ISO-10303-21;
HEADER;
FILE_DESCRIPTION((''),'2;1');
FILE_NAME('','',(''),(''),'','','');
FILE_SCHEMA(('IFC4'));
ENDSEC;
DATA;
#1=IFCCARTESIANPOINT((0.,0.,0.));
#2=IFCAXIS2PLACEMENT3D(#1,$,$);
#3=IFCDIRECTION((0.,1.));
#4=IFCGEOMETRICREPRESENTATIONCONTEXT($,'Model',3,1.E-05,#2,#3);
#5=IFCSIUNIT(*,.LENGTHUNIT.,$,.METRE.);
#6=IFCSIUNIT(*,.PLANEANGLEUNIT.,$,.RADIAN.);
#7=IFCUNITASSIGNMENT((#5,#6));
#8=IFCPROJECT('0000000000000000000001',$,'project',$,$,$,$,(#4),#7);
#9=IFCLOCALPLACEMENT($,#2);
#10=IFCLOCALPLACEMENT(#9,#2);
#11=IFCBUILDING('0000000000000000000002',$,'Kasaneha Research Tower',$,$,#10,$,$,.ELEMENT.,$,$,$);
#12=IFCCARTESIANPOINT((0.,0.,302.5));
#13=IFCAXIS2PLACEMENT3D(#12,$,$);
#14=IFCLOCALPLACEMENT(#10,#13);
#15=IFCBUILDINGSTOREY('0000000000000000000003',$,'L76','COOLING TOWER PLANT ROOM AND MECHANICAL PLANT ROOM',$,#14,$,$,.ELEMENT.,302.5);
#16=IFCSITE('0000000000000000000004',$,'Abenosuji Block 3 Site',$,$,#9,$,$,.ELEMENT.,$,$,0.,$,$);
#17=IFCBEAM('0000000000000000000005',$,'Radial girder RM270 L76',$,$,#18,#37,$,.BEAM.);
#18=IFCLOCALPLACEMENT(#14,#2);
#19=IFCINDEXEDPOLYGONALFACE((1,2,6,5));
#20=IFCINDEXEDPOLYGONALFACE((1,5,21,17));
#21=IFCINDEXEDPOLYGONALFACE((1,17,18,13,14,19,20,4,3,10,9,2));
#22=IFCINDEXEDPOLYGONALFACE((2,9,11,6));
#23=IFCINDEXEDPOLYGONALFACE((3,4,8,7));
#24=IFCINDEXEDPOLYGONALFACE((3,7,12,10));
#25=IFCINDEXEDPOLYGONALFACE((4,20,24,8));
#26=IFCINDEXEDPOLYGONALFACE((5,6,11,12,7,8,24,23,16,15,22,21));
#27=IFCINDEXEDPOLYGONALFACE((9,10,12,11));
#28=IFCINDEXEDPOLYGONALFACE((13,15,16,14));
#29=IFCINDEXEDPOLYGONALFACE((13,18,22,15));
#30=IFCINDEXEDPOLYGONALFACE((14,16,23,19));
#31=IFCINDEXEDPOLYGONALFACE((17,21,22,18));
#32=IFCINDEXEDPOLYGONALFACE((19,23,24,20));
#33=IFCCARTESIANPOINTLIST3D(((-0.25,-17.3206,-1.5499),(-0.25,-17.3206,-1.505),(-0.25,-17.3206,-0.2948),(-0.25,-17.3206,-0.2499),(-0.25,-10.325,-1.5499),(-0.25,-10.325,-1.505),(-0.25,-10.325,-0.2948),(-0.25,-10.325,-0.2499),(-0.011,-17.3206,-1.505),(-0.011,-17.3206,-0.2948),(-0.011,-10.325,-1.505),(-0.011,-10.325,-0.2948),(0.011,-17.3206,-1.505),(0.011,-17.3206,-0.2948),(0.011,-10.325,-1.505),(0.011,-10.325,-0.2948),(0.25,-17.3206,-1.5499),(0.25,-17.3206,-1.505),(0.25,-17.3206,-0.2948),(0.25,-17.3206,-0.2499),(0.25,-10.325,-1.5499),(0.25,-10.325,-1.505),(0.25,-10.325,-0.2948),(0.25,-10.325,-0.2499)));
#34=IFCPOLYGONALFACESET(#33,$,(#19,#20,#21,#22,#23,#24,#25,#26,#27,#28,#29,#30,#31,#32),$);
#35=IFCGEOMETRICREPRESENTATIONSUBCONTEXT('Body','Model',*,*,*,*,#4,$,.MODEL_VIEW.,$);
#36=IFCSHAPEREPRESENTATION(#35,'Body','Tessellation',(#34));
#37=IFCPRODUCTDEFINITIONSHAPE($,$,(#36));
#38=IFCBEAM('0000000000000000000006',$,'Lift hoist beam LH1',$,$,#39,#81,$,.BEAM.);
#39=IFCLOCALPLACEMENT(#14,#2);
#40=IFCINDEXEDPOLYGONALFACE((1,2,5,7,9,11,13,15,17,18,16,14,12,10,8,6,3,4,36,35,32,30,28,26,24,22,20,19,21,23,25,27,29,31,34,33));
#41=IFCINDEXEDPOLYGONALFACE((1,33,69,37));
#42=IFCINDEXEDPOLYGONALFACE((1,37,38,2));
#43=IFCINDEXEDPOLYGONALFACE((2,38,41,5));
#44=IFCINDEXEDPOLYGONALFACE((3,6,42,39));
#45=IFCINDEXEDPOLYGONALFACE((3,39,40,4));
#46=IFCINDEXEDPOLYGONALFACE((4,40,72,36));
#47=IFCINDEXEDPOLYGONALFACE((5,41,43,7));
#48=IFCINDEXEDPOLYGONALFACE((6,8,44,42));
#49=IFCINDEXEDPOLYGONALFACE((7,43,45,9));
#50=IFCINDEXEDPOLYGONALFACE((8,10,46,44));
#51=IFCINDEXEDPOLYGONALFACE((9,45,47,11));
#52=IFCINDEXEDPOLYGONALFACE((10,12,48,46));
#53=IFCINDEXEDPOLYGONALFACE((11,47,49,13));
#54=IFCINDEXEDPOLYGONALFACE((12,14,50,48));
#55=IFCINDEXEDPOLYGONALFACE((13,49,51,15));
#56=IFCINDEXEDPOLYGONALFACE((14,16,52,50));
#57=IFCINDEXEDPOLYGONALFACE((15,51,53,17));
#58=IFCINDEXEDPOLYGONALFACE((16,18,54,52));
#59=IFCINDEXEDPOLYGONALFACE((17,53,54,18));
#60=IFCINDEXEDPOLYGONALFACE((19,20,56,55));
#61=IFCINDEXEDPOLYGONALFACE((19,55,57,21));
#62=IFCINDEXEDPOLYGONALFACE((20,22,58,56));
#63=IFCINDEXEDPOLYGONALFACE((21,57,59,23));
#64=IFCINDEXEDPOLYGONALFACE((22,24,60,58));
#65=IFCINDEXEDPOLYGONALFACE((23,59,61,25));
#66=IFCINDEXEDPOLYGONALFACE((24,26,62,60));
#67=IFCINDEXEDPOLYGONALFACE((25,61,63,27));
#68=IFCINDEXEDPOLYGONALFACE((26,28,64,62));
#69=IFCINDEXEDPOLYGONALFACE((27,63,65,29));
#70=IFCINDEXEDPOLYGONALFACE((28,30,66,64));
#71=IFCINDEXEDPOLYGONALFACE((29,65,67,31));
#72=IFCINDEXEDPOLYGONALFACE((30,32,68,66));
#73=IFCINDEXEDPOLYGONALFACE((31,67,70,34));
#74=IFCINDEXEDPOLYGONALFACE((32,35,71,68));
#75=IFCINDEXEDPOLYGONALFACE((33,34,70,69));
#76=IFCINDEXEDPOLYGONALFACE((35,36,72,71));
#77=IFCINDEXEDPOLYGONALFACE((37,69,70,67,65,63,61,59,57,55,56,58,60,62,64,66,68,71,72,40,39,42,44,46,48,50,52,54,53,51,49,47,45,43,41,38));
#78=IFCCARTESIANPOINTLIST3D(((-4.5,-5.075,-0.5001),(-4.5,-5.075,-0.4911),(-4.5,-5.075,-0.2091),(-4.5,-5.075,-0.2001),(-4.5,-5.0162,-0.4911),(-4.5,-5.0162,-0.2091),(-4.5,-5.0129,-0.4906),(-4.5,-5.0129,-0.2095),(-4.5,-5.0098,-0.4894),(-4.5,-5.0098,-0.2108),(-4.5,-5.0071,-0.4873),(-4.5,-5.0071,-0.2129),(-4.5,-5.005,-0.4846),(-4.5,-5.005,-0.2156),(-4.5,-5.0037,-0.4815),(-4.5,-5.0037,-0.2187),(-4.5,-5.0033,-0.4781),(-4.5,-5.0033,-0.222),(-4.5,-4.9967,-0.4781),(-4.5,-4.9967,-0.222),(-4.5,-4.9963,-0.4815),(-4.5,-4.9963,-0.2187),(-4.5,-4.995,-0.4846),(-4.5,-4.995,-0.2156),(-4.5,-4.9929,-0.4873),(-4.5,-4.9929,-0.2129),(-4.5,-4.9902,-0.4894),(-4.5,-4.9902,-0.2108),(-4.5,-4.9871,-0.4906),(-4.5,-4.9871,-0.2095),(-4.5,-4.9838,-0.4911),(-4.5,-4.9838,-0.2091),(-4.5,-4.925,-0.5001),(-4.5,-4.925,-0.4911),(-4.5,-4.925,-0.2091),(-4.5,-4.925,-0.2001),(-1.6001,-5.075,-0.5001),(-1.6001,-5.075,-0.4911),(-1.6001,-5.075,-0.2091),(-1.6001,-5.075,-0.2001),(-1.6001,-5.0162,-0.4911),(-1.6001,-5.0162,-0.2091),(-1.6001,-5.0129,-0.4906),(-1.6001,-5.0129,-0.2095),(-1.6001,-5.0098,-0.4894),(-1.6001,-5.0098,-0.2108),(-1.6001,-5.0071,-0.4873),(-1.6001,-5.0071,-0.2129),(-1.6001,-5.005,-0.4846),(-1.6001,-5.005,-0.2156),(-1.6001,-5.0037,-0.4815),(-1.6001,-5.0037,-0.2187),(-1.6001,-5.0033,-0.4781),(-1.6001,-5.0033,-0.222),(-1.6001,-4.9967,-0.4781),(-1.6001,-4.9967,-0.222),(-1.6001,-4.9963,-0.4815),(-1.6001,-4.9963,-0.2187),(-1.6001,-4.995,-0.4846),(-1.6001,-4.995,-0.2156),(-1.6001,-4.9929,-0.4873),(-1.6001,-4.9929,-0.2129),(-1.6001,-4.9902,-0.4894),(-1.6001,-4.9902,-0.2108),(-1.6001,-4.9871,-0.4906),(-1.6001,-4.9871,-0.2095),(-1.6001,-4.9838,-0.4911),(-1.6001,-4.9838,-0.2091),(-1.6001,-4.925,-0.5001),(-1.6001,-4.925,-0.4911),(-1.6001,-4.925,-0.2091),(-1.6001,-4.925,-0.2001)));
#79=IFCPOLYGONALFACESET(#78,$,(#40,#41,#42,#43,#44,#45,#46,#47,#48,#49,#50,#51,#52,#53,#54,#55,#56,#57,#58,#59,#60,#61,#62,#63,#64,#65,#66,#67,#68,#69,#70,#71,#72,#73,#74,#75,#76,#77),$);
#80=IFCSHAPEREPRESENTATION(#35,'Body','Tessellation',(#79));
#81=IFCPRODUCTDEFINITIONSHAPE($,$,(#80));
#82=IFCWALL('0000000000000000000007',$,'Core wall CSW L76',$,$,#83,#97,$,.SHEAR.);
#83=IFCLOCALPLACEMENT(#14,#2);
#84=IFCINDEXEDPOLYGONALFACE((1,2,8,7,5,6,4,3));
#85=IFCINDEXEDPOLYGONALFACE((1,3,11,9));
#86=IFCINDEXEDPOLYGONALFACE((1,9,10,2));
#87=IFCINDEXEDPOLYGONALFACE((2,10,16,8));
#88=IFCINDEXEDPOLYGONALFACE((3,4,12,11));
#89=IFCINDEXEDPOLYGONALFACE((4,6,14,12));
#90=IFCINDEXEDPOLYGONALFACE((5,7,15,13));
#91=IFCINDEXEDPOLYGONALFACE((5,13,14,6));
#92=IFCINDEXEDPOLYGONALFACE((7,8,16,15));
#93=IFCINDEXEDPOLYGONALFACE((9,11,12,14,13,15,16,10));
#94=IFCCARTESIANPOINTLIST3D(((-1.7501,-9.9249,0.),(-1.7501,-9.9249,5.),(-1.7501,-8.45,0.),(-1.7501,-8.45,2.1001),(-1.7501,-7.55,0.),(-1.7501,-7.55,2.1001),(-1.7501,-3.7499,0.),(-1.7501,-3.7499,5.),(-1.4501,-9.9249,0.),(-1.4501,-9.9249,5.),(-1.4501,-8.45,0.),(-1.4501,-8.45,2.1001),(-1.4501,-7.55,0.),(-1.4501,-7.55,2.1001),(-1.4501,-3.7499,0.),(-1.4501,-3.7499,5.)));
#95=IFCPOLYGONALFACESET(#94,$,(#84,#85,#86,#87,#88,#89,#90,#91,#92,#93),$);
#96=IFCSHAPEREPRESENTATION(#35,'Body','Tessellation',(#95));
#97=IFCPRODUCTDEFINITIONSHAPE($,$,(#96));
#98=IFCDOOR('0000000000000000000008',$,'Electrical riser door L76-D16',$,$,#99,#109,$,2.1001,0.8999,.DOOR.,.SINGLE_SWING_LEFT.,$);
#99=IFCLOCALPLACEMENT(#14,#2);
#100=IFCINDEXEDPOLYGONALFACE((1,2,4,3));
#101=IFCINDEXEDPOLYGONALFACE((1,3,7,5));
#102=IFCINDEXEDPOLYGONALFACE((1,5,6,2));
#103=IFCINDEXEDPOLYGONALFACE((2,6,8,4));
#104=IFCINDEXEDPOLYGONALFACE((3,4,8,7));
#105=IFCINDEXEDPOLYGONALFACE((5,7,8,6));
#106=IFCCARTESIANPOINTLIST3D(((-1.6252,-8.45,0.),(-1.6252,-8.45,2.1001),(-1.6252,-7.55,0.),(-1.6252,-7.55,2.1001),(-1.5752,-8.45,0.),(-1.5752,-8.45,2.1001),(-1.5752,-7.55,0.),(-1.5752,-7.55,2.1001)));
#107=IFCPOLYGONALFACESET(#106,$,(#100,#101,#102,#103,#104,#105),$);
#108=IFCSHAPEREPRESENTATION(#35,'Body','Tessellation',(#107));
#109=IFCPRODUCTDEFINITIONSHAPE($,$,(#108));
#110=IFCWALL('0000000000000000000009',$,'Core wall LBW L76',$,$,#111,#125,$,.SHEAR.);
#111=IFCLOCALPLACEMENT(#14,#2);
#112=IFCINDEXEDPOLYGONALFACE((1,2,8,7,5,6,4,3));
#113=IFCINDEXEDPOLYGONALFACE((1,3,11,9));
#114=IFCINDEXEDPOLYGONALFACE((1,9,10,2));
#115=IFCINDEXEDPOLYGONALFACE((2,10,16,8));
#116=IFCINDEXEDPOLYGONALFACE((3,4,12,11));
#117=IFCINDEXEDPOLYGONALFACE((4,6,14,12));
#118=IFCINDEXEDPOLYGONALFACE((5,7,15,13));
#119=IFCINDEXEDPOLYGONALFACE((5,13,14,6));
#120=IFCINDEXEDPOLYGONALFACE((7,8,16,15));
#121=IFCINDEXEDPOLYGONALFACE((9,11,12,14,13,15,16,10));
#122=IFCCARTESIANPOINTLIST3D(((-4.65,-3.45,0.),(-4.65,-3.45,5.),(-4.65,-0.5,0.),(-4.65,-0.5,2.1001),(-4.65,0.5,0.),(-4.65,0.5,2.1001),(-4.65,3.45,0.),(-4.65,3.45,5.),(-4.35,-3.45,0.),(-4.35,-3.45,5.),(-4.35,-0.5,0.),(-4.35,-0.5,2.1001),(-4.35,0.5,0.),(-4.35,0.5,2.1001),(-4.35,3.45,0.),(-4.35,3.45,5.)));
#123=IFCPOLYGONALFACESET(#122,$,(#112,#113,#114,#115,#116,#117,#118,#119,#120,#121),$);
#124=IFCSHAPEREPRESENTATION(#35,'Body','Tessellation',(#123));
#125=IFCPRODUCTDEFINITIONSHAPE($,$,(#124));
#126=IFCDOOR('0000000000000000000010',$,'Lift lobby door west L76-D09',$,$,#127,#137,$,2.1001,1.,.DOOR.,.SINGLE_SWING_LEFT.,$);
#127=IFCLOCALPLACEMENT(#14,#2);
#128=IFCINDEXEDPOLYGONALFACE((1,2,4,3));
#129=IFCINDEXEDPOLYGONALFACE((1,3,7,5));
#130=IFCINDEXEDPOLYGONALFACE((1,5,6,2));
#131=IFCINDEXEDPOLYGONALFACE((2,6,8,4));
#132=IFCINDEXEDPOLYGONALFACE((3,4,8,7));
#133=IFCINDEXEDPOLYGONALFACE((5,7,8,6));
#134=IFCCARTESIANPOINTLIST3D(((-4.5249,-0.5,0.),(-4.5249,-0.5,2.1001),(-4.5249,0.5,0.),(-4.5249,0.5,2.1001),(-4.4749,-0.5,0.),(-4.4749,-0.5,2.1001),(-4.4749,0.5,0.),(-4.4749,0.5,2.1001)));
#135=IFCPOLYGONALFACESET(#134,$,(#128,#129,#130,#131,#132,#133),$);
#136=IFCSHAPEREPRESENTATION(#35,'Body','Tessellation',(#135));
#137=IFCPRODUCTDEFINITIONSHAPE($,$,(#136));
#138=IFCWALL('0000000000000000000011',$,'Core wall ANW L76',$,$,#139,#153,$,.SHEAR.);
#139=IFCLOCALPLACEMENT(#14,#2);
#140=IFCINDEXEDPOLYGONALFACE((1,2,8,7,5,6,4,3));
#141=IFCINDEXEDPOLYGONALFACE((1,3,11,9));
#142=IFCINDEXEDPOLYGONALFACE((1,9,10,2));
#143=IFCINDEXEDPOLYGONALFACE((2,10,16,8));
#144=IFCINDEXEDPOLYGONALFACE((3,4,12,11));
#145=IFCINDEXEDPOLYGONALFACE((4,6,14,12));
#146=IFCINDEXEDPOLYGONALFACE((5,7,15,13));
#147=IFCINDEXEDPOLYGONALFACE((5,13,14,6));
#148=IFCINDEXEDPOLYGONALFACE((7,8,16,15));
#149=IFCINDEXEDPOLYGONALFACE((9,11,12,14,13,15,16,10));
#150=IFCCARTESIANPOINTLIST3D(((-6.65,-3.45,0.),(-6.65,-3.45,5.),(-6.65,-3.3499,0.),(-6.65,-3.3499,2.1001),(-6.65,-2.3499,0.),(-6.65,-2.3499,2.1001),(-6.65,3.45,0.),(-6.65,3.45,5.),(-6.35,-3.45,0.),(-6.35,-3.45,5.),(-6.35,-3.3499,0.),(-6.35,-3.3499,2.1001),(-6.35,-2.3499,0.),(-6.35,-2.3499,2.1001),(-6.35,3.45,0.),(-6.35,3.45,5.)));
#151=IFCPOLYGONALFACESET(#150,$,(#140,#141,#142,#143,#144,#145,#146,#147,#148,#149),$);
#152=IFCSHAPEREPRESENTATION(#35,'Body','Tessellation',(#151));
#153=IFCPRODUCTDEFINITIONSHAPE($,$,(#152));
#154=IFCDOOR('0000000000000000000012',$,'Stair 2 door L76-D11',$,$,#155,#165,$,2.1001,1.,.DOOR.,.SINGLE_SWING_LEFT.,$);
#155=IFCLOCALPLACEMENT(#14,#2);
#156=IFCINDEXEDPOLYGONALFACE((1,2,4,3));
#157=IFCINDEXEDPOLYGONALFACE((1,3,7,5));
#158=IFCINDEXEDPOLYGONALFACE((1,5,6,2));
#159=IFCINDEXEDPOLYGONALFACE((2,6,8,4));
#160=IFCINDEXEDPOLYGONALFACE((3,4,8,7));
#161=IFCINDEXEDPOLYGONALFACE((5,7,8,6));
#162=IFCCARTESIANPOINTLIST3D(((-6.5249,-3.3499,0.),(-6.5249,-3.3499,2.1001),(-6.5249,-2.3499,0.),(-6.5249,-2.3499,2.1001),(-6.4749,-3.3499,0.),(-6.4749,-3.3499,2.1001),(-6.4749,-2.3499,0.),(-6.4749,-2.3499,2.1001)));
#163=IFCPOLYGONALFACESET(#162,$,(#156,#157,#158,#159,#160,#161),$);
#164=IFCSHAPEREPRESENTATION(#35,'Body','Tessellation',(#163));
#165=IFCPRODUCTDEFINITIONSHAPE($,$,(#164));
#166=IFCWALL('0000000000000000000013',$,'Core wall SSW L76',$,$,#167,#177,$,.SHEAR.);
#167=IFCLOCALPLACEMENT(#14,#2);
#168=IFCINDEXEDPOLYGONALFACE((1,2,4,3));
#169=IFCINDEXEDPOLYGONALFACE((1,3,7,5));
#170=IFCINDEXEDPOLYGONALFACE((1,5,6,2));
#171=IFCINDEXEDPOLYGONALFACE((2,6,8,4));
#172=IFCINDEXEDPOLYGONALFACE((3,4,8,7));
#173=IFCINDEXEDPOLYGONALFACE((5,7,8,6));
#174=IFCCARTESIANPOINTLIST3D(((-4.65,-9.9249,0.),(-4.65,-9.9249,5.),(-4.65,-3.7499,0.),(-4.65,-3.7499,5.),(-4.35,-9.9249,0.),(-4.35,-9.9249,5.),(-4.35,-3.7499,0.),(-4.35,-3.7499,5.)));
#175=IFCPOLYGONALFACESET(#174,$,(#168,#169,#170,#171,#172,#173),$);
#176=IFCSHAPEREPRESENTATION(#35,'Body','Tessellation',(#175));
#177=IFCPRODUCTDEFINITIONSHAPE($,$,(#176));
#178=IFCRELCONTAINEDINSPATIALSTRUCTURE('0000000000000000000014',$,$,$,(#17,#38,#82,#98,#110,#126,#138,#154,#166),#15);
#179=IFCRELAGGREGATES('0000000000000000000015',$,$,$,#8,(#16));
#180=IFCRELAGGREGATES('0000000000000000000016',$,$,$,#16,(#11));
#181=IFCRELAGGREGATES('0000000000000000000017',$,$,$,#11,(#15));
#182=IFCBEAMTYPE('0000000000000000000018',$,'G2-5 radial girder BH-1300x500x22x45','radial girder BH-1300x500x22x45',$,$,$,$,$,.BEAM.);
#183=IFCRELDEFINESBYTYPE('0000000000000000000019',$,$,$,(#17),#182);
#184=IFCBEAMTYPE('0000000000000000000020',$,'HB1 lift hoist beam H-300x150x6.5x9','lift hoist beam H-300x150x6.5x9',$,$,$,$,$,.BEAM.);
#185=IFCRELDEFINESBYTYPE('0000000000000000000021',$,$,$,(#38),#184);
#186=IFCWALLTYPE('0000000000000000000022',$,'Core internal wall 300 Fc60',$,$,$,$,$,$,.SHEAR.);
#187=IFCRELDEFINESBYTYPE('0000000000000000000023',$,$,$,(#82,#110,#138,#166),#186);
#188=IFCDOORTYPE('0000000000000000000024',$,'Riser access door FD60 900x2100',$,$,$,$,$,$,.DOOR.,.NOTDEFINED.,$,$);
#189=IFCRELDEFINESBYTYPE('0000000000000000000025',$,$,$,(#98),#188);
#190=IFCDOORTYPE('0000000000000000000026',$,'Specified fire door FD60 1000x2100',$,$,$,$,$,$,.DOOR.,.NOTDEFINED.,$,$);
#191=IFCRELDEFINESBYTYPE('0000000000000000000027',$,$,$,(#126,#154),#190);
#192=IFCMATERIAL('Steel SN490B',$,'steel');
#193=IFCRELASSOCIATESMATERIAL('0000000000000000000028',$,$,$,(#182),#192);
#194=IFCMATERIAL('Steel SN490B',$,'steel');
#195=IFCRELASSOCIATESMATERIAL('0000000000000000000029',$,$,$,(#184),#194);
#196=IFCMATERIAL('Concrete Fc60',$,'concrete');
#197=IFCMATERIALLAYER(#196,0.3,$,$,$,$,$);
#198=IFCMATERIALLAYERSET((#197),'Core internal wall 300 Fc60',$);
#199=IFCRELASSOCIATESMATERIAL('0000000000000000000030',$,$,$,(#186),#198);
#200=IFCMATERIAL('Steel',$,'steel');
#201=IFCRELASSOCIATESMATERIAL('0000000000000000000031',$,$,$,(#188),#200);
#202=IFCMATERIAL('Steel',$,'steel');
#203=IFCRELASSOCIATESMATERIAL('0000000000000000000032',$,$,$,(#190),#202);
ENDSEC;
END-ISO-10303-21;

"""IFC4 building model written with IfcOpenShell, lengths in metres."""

from ifc_helpers import new_model, si_unit, direction, frame, frame_2d, origin, origin_2d, place, context, subcontext, project, spatial, rectangle, i_section, extrude, material, layer, layer_set, material_profile, profile_set, type_object, element, fill, save


model = new_model("IFC4")

# Units and contexts
model_context = context("Model", 3, precision=1e-05, world=origin(), true_north=direction((0.0, 1.0)))
body_context = subcontext(model_context, "Body", "Model", "MODEL_VIEW")
ifc_project = project(units=[si_unit("LENGTHUNIT", "METRE"), si_unit("PLANEANGLEUNIT", "RADIAN")], contexts=[model_context])

# Site, building, storey
site_placement = place(None, origin())
site = spatial("IfcSite", under=ifc_project, at=site_placement, Name="Abenosuji Block 3 Site", CompositionType="ELEMENT", RefElevation=0.0)
building_placement = place(site_placement, origin())
building = spatial("IfcBuilding", under=site, at=building_placement, Name="Kasaneha Research Tower", CompositionType="ELEMENT")
storey_placement = place(building_placement, frame((0.0, 0.0, 302.5)))
storey = spatial("IfcBuildingStorey", under=building, at=storey_placement, Name="L76", Description="COOLING TOWER PLANT ROOM AND MECHANICAL PLANT ROOM", CompositionType="ELEMENT", Elevation=302.5)

# Beams
ifc_material_1 = material(Name="Steel SN490B", Category="steel")
ifc_material_profile_1 = material_profile(ifc_material_1, i_section(OverallWidth=0.5, OverallDepth=1.3, WebThickness=0.022, FlangeThickness=0.0449, at=origin_2d()), Name="BH-1300x500x22x45")
ifc_profile_set_1 = profile_set([ifc_material_profile_1], Name="Steel SN490B")
beam_type_1 = type_object("IfcBeamType", Name="G2-5 radial girder BH-1300x500x22x45", Description="radial girder BH-1300x500x22x45", PredefinedType="BEAM", material=ifc_profile_set_1)
beam_1_placement = place(storey_placement, frame((0.0, -10.325, -0.8999), z_axis=(0.0, -1.0, 0.0), x_axis=(1.0, 0.0, 0.0)))
element("IfcBeam", 1, at=beam_1_placement, inside=storey, type_object=beam_type_1, Name="Radial girder RM270 L76", PredefinedType="BEAM", context=body_context, shape_type="SweptSolid", body=[
    extrude(i_section(OverallWidth=0.5, OverallDepth=1.3, WebThickness=0.022, FlangeThickness=0.0449, at=origin_2d()), origin(), (0.0, 0.0, 1.0), 6.9956),
])
ifc_material_2 = material(Name="Steel SN490B", Category="steel")
ifc_material_profile_2 = material_profile(ifc_material_2, i_section(OverallWidth=0.1499, OverallDepth=0.3, WebThickness=0.0066, FlangeThickness=0.009, FilletRadius=0.0129, at=origin_2d()), Name="H-300x150x6.5x9")
ifc_profile_set_2 = profile_set([ifc_material_profile_2], Name="Steel SN490B")
beam_type_2 = type_object("IfcBeamType", Name="HB1 lift hoist beam H-300x150x6.5x9", Description="lift hoist beam H-300x150x6.5x9", PredefinedType="BEAM", material=ifc_profile_set_2)
beam_2_placement = place(storey_placement, frame((-4.5, -5.0, -0.3501), z_axis=(1.0, 0.0, 0.0), x_axis=(0.0, 1.0, 0.0)))
element("IfcBeam", 2, at=beam_2_placement, inside=storey, type_object=beam_type_2, Name="Lift hoist beam LH1", PredefinedType="BEAM", context=body_context, shape_type="SweptSolid", body=[
    extrude(i_section(OverallWidth=0.1499, OverallDepth=0.3, WebThickness=0.0066, FlangeThickness=0.009, FilletRadius=0.0129, at=origin_2d()), origin(), (0.0, 0.0, 1.0), 2.8999),
])

# Walls, openings, doors
ifc_material_3 = material(Name="Concrete Fc60", Category="concrete")
ifc_layer_1 = layer(ifc_material_3, 0.3)
ifc_layer_set_1 = layer_set([ifc_layer_1], Name="Core internal wall 300 Fc60")
wall_type_1 = type_object("IfcWallType", Name="Core internal wall 300 Fc60", PredefinedType="SHEAR", material=ifc_layer_set_1)
wall_1_placement = place(storey_placement, frame((-1.6001, -3.75, 0.0), z_axis=(0.0, 0.0, 1.0), x_axis=(0.0, -1.0, 0.0)))
wall_1 = element("IfcWall", 3, at=wall_1_placement, inside=storey, type_object=wall_type_1, Name="Core wall CSW L76", PredefinedType="SHEAR", context=body_context, shape_type="SweptSolid", body=[
    extrude(rectangle(XDim=6.175, YDim=0.3, at=frame_2d((3.0874, 0.0))), origin(), (0.0, 0.0, 1.0), 5.0),
])
opening_1_placement = place(wall_1_placement, frame((3.8, 0.0, 0.0)))
opening_1 = element("IfcOpeningElement", 4, at=opening_1_placement, cuts=wall_1, PredefinedType="OPENING", context=body_context, shape_type="SweptSolid", body=[
    extrude(rectangle(XDim=0.8999, YDim=2.1001, at=frame_2d((0.45, 1.05))), frame((0.0, 0.1602, 0.0), z_axis=(0.0, -1.0, 0.0), x_axis=(1.0, 0.0, 0.0)), (0.0, 0.0, 1.0), 0.3201),
])
ifc_material_4 = material(Name="Steel", Category="steel")
door_type_1 = type_object("IfcDoorType", Name="Riser access door FD60 900x2100", OperationType="NOTDEFINED", PredefinedType="DOOR", material=ifc_material_4)
door_1_placement = place(opening_1_placement, origin())
door_1 = element("IfcDoor", 5, at=door_1_placement, inside=storey, type_object=door_type_1, Name="Electrical riser door L76-D16", OperationType="SINGLE_SWING_LEFT", OverallHeight=2.1001, OverallWidth=0.8999, PredefinedType="DOOR", context=body_context, shape_type="SweptSolid", body=[
    extrude(rectangle(XDim=0.8999, YDim=2.1001, at=frame_2d((0.45, 1.05))), frame((0.0, 0.0249, 0.0), z_axis=(0.0, -1.0, 0.0), x_axis=(1.0, 0.0, 0.0)), (0.0, 0.0, 1.0), 0.05),
])
fill(opening_1, door_1)
wall_2_placement = place(storey_placement, frame((-4.5, -3.45, 0.0), z_axis=(0.0, 0.0, 1.0), x_axis=(0.0, 1.0, 0.0)))
wall_2 = element("IfcWall", 6, at=wall_2_placement, inside=storey, type_object=wall_type_1, Name="Core wall LBW L76", PredefinedType="SHEAR", context=body_context, shape_type="SweptSolid", body=[
    extrude(rectangle(XDim=6.8999, YDim=0.3, at=frame_2d((3.45, 0.0))), origin(), (0.0, 0.0, 1.0), 5.0),
])
opening_2_placement = place(wall_2_placement, frame((2.95, 0.0, 0.0)))
opening_2 = element("IfcOpeningElement", 7, at=opening_2_placement, cuts=wall_2, PredefinedType="OPENING", context=body_context, shape_type="SweptSolid", body=[
    extrude(rectangle(XDim=1.0, YDim=2.1001, at=frame_2d((0.5, 1.05))), frame((0.0, 0.1602, 0.0), z_axis=(0.0, -1.0, 0.0), x_axis=(1.0, 0.0, 0.0)), (0.0, 0.0, 1.0), 0.3201),
])
ifc_material_5 = material(Name="Steel", Category="steel")
door_type_2 = type_object("IfcDoorType", Name="Specified fire door FD60 1000x2100", OperationType="NOTDEFINED", PredefinedType="DOOR", material=ifc_material_5)
door_2_placement = place(opening_2_placement, origin())
door_2 = element("IfcDoor", 8, at=door_2_placement, inside=storey, type_object=door_type_2, Name="Lift lobby door west L76-D09", OperationType="SINGLE_SWING_LEFT", OverallHeight=2.1001, OverallWidth=1.0, PredefinedType="DOOR", context=body_context, shape_type="SweptSolid", body=[
    extrude(rectangle(XDim=1.0, YDim=2.1001, at=frame_2d((0.5, 1.05))), frame((0.0, 0.0249, 0.0), z_axis=(0.0, -1.0, 0.0), x_axis=(1.0, 0.0, 0.0)), (0.0, 0.0, 1.0), 0.05),
])
fill(opening_2, door_2)
wall_3_placement = place(storey_placement, frame((-6.5, -3.45, 0.0), z_axis=(0.0, 0.0, 1.0), x_axis=(0.0, 1.0, 0.0)))
wall_3 = element("IfcWall", 9, at=wall_3_placement, inside=storey, type_object=wall_type_1, Name="Core wall ANW L76", PredefinedType="SHEAR", context=body_context, shape_type="SweptSolid", body=[
    extrude(rectangle(XDim=6.8999, YDim=0.3, at=frame_2d((3.45, 0.0))), origin(), (0.0, 0.0, 1.0), 5.0),
])
opening_3_placement = place(wall_3_placement, frame((0.1001, 0.0, 0.0)))
opening_3 = element("IfcOpeningElement", 10, at=opening_3_placement, cuts=wall_3, PredefinedType="OPENING", context=body_context, shape_type="SweptSolid", body=[
    extrude(rectangle(XDim=1.0, YDim=2.1001, at=frame_2d((0.5, 1.05))), frame((0.0, 0.1602, 0.0), z_axis=(0.0, -1.0, 0.0), x_axis=(1.0, 0.0, 0.0)), (0.0, 0.0, 1.0), 0.3201),
])
door_3_placement = place(opening_3_placement, origin())
door_3 = element("IfcDoor", 11, at=door_3_placement, inside=storey, type_object=door_type_2, Name="Stair 2 door L76-D11", OperationType="SINGLE_SWING_LEFT", OverallHeight=2.1001, OverallWidth=1.0, PredefinedType="DOOR", context=body_context, shape_type="SweptSolid", body=[
    extrude(rectangle(XDim=1.0, YDim=2.1001, at=frame_2d((0.5, 1.05))), frame((0.0, 0.0249, 0.0), z_axis=(0.0, -1.0, 0.0), x_axis=(1.0, 0.0, 0.0)), (0.0, 0.0, 1.0), 0.05),
])
fill(opening_3, door_3)

# Wall
wall_4_placement = place(storey_placement, frame((-4.5, -3.75, 0.0), z_axis=(0.0, 0.0, 1.0), x_axis=(0.0, -1.0, 0.0)))
element("IfcWall", 12, at=wall_4_placement, inside=storey, type_object=wall_type_1, Name="Core wall SSW L76", PredefinedType="SHEAR", context=body_context, shape_type="SweptSolid", body=[
    extrude(rectangle(XDim=6.175, YDim=0.3, at=frame_2d((3.0874, 0.0))), origin(), (0.0, 0.0, 1.0), 5.0),
])

save(model, "model.ifc")
